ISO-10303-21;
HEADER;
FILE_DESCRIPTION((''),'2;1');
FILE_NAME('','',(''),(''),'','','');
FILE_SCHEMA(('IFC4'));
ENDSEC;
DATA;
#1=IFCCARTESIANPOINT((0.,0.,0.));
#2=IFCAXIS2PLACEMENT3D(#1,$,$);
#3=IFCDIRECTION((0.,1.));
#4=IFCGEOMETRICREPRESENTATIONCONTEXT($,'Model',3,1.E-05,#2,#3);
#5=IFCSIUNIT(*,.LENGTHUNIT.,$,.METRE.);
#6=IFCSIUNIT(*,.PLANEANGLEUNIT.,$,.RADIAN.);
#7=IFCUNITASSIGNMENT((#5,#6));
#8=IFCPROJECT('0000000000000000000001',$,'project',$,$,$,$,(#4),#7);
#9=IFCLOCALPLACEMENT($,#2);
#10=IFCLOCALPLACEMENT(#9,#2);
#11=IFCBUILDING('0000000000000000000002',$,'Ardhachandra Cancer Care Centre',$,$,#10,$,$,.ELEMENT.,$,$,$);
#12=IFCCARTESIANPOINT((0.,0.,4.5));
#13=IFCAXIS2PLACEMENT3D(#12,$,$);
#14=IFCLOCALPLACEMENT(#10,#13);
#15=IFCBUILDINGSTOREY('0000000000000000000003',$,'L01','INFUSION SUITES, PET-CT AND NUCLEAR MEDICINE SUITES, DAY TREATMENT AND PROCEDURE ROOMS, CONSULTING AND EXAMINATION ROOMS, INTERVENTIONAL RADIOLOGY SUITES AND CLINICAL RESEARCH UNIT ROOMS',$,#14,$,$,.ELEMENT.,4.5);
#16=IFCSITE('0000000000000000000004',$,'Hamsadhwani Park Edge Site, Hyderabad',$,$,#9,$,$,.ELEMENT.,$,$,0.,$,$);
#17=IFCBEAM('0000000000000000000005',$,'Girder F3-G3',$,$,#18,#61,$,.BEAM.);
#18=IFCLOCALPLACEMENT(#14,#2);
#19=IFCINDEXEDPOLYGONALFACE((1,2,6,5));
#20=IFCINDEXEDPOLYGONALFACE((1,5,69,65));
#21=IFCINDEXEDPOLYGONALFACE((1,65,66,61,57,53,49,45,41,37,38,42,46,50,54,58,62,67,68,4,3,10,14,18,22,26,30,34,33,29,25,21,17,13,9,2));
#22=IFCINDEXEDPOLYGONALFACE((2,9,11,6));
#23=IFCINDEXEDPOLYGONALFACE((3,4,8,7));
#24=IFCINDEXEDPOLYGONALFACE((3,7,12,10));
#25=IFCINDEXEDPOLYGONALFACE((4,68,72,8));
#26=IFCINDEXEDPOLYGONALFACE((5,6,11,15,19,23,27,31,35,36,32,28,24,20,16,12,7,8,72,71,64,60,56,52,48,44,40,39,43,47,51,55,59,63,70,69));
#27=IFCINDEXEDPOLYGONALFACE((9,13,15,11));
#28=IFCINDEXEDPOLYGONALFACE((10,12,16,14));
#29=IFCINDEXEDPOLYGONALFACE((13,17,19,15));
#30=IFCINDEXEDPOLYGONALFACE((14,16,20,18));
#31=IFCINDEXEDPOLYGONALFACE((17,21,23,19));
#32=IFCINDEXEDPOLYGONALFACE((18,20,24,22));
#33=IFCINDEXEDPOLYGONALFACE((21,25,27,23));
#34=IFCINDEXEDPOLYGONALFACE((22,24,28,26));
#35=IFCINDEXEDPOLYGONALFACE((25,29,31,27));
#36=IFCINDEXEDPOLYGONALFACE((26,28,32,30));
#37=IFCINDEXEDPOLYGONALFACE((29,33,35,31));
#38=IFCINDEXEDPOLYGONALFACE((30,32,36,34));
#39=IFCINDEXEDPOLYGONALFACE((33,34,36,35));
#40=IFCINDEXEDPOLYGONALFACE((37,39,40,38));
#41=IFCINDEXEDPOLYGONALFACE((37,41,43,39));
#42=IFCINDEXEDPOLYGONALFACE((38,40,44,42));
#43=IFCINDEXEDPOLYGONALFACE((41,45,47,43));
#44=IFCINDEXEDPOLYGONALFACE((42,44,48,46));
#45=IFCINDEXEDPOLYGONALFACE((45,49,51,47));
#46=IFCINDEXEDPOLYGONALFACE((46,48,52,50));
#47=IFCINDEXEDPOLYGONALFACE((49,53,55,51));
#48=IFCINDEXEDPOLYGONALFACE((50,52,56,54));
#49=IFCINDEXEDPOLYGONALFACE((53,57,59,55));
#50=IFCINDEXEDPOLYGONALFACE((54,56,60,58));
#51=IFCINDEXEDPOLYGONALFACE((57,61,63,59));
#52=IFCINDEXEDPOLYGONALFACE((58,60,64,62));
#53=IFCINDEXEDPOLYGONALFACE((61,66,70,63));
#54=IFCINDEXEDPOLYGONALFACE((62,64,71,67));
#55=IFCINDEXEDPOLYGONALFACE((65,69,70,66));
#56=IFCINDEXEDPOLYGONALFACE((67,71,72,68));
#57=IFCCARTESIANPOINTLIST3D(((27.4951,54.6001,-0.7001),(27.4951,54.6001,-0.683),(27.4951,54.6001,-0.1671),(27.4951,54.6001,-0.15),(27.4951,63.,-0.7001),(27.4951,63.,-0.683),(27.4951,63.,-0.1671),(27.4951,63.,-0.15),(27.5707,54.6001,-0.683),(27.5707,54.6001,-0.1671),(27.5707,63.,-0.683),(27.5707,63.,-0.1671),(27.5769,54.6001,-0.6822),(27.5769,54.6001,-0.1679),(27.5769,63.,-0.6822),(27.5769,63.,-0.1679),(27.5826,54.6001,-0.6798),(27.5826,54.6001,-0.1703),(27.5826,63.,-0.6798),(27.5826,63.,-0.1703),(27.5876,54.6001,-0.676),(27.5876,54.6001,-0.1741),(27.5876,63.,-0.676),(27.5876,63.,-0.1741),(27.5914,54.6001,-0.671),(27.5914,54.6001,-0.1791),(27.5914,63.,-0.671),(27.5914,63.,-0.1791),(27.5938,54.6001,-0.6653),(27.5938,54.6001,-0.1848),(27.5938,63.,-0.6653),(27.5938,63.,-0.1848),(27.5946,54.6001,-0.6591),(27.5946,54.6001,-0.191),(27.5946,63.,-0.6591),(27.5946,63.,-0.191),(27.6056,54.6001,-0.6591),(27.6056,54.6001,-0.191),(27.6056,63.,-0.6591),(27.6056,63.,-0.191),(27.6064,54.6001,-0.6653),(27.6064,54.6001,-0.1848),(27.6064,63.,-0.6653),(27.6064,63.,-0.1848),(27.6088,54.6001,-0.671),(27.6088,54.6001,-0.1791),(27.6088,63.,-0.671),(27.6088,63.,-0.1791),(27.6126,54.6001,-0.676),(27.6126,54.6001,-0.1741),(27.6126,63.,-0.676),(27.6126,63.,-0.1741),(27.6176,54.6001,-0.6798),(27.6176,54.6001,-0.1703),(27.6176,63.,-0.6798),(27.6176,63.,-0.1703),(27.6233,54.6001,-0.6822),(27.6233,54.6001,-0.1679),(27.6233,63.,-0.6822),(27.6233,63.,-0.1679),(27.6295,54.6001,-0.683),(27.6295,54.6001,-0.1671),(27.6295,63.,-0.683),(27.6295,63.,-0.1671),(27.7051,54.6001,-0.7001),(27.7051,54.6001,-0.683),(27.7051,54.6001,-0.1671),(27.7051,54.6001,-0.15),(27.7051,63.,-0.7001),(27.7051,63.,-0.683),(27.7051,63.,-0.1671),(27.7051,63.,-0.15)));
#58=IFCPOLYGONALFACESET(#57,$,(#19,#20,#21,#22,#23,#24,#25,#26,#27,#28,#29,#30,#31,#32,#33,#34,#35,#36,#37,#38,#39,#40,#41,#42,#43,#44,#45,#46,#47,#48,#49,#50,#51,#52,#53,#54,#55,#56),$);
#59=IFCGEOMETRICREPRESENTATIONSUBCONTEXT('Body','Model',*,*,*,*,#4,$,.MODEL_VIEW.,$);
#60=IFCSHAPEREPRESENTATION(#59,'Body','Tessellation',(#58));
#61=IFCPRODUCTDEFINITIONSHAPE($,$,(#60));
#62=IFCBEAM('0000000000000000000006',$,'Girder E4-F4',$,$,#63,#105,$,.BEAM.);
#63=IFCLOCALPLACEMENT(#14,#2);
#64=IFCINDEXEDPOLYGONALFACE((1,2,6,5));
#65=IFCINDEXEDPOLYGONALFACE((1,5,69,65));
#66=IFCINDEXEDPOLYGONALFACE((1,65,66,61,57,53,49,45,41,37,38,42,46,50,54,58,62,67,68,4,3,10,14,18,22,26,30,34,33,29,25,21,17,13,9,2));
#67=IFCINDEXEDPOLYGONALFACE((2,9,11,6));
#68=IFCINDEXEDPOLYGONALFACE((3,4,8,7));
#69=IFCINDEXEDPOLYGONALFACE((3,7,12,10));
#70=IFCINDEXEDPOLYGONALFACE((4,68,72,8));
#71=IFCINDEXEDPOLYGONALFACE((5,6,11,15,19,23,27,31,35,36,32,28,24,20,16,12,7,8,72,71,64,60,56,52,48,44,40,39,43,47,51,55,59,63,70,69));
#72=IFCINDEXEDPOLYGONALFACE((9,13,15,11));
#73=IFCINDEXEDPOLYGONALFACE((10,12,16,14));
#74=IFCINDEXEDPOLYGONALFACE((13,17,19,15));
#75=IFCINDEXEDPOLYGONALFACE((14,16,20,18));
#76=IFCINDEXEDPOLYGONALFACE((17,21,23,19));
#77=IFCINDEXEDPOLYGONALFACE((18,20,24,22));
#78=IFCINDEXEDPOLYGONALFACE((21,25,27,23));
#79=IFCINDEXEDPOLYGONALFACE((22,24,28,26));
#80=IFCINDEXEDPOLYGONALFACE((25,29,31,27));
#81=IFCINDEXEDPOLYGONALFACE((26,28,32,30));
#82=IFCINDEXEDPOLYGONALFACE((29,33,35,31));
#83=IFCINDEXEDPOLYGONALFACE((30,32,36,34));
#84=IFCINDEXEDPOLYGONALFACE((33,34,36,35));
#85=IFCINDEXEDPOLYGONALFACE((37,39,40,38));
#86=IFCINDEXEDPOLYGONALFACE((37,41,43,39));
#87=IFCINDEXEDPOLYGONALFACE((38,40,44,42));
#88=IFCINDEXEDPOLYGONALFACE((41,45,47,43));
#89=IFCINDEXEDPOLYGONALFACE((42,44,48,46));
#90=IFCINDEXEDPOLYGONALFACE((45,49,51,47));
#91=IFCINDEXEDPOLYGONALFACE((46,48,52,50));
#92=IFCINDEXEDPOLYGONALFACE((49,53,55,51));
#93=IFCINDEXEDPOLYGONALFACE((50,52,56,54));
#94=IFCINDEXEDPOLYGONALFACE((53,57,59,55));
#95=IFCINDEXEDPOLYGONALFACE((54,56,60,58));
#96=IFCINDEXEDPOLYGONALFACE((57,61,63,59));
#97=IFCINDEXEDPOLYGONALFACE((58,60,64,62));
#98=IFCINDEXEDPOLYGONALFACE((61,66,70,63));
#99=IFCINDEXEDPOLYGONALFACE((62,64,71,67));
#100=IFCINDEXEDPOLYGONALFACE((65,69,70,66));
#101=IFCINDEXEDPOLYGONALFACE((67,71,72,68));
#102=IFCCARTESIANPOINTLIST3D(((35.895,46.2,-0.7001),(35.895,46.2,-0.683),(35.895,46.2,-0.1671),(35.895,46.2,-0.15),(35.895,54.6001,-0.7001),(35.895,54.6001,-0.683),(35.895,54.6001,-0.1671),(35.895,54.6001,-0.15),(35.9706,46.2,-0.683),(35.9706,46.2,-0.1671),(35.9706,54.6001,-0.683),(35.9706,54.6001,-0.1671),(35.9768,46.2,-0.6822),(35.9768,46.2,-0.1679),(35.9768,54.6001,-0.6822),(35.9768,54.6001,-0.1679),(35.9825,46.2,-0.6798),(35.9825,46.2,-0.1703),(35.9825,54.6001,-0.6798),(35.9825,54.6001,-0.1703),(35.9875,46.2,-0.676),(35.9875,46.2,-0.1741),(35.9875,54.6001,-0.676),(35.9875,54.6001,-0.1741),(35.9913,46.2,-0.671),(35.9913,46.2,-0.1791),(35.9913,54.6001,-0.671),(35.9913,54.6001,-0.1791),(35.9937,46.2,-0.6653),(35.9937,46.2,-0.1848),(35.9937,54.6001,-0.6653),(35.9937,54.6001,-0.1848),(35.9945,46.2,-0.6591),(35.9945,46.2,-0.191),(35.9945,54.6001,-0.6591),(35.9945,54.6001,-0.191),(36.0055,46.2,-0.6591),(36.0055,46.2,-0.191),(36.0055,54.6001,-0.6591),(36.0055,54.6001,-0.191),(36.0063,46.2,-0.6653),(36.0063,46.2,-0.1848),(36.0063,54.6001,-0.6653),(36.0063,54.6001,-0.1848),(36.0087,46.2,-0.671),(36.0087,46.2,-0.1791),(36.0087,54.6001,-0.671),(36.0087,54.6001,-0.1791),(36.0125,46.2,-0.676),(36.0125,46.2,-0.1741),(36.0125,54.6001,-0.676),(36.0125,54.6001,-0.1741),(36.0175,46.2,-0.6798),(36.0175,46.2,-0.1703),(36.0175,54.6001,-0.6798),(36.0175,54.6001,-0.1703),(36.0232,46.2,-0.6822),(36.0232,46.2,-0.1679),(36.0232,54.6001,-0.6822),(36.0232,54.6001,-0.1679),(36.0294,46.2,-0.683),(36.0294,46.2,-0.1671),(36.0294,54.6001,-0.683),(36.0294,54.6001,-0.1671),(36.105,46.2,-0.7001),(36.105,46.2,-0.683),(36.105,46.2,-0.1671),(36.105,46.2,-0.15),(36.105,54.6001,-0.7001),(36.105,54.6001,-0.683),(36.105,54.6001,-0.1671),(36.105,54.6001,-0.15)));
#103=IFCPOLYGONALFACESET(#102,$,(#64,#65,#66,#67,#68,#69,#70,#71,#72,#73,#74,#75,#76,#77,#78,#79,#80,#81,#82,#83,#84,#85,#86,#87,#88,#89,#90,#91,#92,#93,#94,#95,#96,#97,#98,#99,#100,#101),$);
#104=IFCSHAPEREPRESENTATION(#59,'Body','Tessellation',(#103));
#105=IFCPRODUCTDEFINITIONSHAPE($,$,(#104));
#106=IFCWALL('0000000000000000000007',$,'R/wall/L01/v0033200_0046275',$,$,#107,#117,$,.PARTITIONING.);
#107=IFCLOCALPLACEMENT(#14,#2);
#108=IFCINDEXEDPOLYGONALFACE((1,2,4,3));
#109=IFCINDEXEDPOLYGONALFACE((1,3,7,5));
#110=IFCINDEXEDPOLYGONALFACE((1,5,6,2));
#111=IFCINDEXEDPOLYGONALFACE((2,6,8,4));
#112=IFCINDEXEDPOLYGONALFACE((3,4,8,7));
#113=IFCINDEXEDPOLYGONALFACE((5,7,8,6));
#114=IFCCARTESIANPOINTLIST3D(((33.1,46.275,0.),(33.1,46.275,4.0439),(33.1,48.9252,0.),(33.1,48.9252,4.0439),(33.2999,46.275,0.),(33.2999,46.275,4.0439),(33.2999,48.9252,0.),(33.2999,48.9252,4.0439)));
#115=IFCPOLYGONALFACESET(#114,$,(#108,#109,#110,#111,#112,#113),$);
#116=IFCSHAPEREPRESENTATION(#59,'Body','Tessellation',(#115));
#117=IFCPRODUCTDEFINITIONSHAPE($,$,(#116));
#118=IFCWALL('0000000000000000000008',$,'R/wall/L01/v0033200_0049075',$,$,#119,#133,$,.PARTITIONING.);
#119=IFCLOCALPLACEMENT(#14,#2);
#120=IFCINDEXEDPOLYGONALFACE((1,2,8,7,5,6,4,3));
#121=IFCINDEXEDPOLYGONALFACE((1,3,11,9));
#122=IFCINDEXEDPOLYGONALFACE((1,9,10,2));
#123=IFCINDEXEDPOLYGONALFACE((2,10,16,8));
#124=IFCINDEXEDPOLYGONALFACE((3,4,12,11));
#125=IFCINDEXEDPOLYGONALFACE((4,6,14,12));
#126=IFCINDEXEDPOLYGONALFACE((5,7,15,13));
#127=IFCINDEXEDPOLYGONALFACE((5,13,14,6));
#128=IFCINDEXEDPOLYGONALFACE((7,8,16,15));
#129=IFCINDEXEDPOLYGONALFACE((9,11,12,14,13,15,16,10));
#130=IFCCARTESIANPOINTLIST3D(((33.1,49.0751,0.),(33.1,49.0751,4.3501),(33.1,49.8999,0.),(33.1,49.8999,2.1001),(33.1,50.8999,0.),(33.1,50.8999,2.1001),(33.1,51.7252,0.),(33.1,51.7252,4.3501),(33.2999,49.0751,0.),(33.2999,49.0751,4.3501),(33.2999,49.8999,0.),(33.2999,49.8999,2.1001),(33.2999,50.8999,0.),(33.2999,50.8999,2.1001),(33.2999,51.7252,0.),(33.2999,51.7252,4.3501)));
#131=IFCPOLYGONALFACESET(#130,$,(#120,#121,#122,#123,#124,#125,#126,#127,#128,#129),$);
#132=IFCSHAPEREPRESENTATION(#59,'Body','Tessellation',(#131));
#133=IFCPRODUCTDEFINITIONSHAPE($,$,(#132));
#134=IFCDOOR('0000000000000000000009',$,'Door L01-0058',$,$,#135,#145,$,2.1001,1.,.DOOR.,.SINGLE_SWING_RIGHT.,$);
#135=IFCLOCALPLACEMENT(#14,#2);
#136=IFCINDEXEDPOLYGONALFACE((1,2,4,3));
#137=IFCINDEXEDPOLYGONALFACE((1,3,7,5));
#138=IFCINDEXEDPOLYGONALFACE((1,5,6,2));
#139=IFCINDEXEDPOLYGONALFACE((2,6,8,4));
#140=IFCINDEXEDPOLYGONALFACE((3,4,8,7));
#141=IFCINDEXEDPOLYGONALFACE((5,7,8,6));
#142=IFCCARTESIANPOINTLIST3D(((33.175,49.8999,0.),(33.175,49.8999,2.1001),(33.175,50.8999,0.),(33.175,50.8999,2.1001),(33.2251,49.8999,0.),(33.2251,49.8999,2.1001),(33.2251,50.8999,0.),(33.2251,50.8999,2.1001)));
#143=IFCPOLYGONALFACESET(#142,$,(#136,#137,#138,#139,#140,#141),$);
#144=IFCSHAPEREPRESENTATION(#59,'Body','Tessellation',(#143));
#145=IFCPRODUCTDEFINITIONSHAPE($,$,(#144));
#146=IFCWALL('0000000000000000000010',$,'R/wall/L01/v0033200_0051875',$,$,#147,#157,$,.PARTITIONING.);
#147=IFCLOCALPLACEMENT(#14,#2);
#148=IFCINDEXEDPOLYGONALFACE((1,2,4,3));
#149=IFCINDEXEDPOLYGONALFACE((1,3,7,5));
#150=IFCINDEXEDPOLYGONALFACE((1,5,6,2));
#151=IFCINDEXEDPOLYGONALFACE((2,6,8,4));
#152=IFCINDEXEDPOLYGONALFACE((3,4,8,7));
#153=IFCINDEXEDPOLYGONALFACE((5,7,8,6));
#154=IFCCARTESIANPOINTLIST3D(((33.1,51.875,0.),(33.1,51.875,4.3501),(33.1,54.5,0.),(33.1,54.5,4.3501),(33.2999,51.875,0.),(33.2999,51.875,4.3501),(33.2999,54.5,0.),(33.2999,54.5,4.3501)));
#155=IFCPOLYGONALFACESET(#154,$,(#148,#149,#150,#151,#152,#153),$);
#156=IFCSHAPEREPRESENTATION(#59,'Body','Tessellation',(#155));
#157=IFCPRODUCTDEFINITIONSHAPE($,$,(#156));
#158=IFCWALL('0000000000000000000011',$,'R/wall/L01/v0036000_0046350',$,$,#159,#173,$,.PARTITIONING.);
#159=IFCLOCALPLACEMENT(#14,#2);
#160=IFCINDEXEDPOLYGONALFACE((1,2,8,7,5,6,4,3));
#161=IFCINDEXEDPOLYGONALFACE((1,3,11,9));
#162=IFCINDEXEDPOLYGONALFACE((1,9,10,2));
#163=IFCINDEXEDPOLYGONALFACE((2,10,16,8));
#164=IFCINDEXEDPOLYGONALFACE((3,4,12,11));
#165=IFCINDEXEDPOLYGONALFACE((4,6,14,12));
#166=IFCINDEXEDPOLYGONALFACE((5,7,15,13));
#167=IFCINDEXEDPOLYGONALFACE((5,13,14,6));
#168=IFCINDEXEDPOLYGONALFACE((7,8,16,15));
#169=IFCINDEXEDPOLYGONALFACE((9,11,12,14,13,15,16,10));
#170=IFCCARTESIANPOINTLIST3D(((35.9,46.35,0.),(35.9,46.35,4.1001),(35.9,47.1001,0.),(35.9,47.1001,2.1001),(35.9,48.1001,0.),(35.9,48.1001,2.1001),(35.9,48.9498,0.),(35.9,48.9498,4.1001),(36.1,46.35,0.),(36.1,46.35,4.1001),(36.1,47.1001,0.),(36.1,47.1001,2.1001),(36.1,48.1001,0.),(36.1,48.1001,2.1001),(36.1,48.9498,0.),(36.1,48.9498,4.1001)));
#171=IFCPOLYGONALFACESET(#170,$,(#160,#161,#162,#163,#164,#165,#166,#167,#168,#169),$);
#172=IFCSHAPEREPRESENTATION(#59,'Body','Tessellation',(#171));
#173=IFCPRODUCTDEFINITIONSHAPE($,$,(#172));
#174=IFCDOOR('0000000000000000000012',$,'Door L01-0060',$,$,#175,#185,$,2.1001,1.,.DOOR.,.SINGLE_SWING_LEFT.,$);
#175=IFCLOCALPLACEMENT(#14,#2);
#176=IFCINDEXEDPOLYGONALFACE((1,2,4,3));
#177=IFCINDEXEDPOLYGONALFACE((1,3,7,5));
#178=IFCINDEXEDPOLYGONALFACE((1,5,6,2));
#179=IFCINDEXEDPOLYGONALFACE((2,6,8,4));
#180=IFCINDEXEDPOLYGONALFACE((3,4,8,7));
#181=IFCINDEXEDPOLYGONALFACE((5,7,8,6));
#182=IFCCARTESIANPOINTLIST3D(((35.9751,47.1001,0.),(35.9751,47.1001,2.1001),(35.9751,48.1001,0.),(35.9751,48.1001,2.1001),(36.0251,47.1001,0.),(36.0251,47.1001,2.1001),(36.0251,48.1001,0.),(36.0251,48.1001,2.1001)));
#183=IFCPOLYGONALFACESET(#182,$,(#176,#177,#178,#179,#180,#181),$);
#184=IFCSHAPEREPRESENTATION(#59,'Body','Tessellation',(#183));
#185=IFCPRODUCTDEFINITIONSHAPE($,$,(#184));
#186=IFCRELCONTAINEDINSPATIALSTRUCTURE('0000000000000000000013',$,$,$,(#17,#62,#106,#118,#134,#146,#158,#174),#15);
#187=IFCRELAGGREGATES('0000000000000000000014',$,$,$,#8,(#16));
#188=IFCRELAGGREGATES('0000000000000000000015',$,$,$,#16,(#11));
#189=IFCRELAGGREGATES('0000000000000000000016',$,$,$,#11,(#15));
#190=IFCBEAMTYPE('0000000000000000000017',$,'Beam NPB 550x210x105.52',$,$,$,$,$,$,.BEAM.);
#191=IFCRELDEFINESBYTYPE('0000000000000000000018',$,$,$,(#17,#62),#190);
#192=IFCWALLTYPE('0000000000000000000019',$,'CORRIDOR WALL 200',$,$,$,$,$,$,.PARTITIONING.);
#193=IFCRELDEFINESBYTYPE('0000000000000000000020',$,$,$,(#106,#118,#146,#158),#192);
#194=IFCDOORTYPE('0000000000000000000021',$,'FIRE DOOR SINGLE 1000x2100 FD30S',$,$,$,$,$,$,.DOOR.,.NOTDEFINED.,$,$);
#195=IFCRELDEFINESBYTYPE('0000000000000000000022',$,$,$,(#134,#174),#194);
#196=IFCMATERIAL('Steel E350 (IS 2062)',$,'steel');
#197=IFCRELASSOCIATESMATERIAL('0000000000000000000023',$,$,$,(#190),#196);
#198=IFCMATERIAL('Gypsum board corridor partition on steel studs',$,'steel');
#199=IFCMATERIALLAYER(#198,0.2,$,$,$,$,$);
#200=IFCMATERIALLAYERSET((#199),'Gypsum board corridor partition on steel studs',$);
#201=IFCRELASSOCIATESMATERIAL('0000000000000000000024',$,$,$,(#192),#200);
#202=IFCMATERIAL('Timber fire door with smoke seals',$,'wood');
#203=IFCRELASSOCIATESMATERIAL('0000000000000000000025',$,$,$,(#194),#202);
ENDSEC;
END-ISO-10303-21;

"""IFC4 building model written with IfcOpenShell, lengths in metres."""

from ifc_helpers import new_model, si_unit, direction, frame, frame_2d, origin, origin_2d, place, context, subcontext, project, spatial, rectangle, i_section, extrude, material, layer, layer_set, material_profile, profile_set, type_object, element, fill, save


model = new_model("IFC4")

# Units and contexts
model_context = context("Model", 3, precision=1e-05, world=origin(), true_north=direction((0.0, 1.0)))
body_context = subcontext(model_context, "Body", "Model", "MODEL_VIEW")
ifc_project = project(units=[si_unit("LENGTHUNIT", "METRE"), si_unit("PLANEANGLEUNIT", "RADIAN")], contexts=[model_context])

# Site, building, storey
site_placement = place(None, origin())
site = spatial("IfcSite", under=ifc_project, at=site_placement, Name="Hamsadhwani Park Edge Site, Hyderabad", CompositionType="ELEMENT", RefElevation=0.0)
building_placement = place(site_placement, origin())
building = spatial("IfcBuilding", under=site, at=building_placement, Name="Ardhachandra Cancer Care Centre", CompositionType="ELEMENT")
storey_placement = place(building_placement, frame((0.0, 0.0, 4.5)))
storey = spatial("IfcBuildingStorey", under=building, at=storey_placement, Name="L01", Description="INFUSION SUITES, PET-CT AND NUCLEAR MEDICINE SUITES, DAY TREATMENT AND PROCEDURE ROOMS, CONSULTING AND EXAMINATION ROOMS, INTERVENTIONAL RADIOLOGY SUITES AND CLINICAL RESEARCH UNIT ROOMS", CompositionType="ELEMENT", Elevation=4.5)

# Beams
ifc_material_1 = material(Name="Steel E350 (IS 2062)", Category="steel")
ifc_material_profile_1 = material_profile(ifc_material_1, i_section(OverallWidth=0.21, OverallDepth=0.55, WebThickness=0.011, FlangeThickness=0.0171, FilletRadius=0.0239, at=origin_2d()), Name="NPB 550x210x105.52")
ifc_profile_set_1 = profile_set([ifc_material_profile_1], Name="Steel E350 (IS 2062)")
beam_type_1 = type_object("IfcBeamType", Name="Beam NPB 550x210x105.52", PredefinedType="BEAM", material=ifc_profile_set_1)
for number, where, z_axis, x_axis, name in (
    (1, (27.6001, 54.6001, -0.425), (0.0, 1.0, 0.0), (-1.0, 0.0, 0.0), "Girder F3-G3"),
):
    element("IfcBeam", number, at=place(storey_placement, frame(where, z_axis=z_axis, x_axis=x_axis)), inside=storey, type_object=beam_type_1, Name=name, PredefinedType="BEAM", context=body_context, shape_type="SweptSolid", body=[
        extrude(i_section(OverallWidth=0.21, OverallDepth=0.55, WebThickness=0.011, FlangeThickness=0.0171, FilletRadius=0.0239, at=origin_2d()), origin(), (0.0, 0.0, 1.0), 8.3999),
    ])
beam_placement = place(storey_placement, frame((36.0, 46.2, -0.425), z_axis=(0.0, 1.0, 0.0), x_axis=(-1.0, 0.0, 0.0)))
element("IfcBeam", 2, at=beam_placement, inside=storey, type_object=beam_type_1, Name="Girder E4-F4", PredefinedType="BEAM", context=body_context, shape_type="SweptSolid", body=[
    extrude(i_section(OverallWidth=0.21, OverallDepth=0.55, WebThickness=0.011, FlangeThickness=0.0171, FilletRadius=0.0239, at=origin_2d()), origin(), (0.0, 0.0, 1.0), 8.4001),
])

# Wall
ifc_material_2 = material(Name="Gypsum board corridor partition on steel studs", Category="steel")
ifc_layer_1 = layer(ifc_material_2, 0.2)
ifc_layer_set_1 = layer_set([ifc_layer_1], Name="Gypsum board corridor partition on steel studs")
wall_type_1 = type_object("IfcWallType", Name="CORRIDOR WALL 200", PredefinedType="PARTITIONING", material=ifc_layer_set_1)
wall_1_placement = place(storey_placement, frame((33.2, 46.2749, 0.0), z_axis=(0.0, 0.0, 1.0), x_axis=(0.0, 1.0, 0.0)))
element("IfcWall", 3, at=wall_1_placement, inside=storey, type_object=wall_type_1, Name="R/wall/L01/v0033200_0046275", PredefinedType="PARTITIONING", context=body_context, shape_type="SweptSolid", body=[
    extrude(rectangle(XDim=2.6501, YDim=0.2, at=frame_2d((1.3252, 0.0))), origin(), (0.0, 0.0, 1.0), 4.0439),
])

# Wall, opening, door
wall_2_placement = place(storey_placement, frame((33.2, 49.075, 0.0), z_axis=(0.0, 0.0, 1.0), x_axis=(0.0, 1.0, 0.0)))
wall_2 = element("IfcWall", 4, at=wall_2_placement, inside=storey, type_object=wall_type_1, Name="R/wall/L01/v0033200_0049075", PredefinedType="PARTITIONING", context=body_context, shape_type="SweptSolid", body=[
    extrude(rectangle(XDim=2.6501, YDim=0.2, at=frame_2d((1.3252, 0.0))), origin(), (0.0, 0.0, 1.0), 4.3501),
])
opening_1_placement = place(wall_2_placement, frame((0.825, 0.0, 0.0)))
opening_1 = element("IfcOpeningElement", 5, at=opening_1_placement, cuts=wall_2, PredefinedType="OPENING", context=body_context, shape_type="SweptSolid", body=[
    extrude(rectangle(XDim=1.0, YDim=2.1001, at=frame_2d((0.5, 1.05))), frame((0.0, 0.1099, 0.0), z_axis=(0.0, -1.0, 0.0), x_axis=(1.0, 0.0, 0.0)), (0.0, 0.0, 1.0), 0.22),
])
ifc_material_3 = material(Name="Timber fire door with smoke seals", Category="wood")
door_type = type_object("IfcDoorType", Name="FIRE DOOR SINGLE 1000x2100 FD30S", OperationType="NOTDEFINED", PredefinedType="DOOR", material=ifc_material_3)
door_1_placement = place(opening_1_placement, origin())
door_1 = element("IfcDoor", 6, at=door_1_placement, inside=storey, type_object=door_type, Name="Door L01-0058", OperationType="SINGLE_SWING_RIGHT", OverallHeight=2.1001, OverallWidth=1.0, PredefinedType="DOOR", context=body_context, shape_type="SweptSolid", body=[
    extrude(rectangle(XDim=1.0, YDim=2.1001, at=frame_2d((0.5, 1.05))), frame((0.0, 0.0249, 0.0), z_axis=(0.0, -1.0, 0.0), x_axis=(1.0, 0.0, 0.0)), (0.0, 0.0, 1.0), 0.05),
])
fill(opening_1, door_1)

# Wall
wall_3_placement = place(storey_placement, frame((33.2, 51.875, 0.0), z_axis=(0.0, 0.0, 1.0), x_axis=(0.0, 1.0, 0.0)))
element("IfcWall", 7, at=wall_3_placement, inside=storey, type_object=wall_type_1, Name="R/wall/L01/v0033200_0051875", PredefinedType="PARTITIONING", context=body_context, shape_type="SweptSolid", body=[
    extrude(rectangle(XDim=2.625, YDim=0.2, at=frame_2d((1.3125, 0.0))), origin(), (0.0, 0.0, 1.0), 4.3501),
])

# Wall, opening, door
wall_4_placement = place(storey_placement, frame((36.0, 46.3501, 0.0), z_axis=(0.0, 0.0, 1.0), x_axis=(0.0, 1.0, 0.0)))
wall_4 = element("IfcWall", 8, at=wall_4_placement, inside=storey, type_object=wall_type_1, Name="R/wall/L01/v0036000_0046350", PredefinedType="PARTITIONING", context=body_context, shape_type="SweptSolid", body=[
    extrude(rectangle(XDim=2.5999, YDim=0.2, at=frame_2d((1.2998, 0.0))), origin(), (0.0, 0.0, 1.0), 4.1001),
])
opening_2_placement = place(wall_4_placement, frame((0.75, 0.0, 0.0)))
opening_2 = element("IfcOpeningElement", 9, at=opening_2_placement, cuts=wall_4, PredefinedType="OPENING", context=body_context, shape_type="SweptSolid", body=[
    extrude(rectangle(XDim=1.0, YDim=2.1001, at=frame_2d((0.5, 1.05))), frame((0.0, 0.1099, 0.0), z_axis=(0.0, -1.0, 0.0), x_axis=(1.0, 0.0, 0.0)), (0.0, 0.0, 1.0), 0.22),
])
door_2_placement = place(opening_2_placement, origin())
door_2 = element("IfcDoor", 10, at=door_2_placement, inside=storey, type_object=door_type, Name="Door L01-0060", OperationType="SINGLE_SWING_LEFT", OverallHeight=2.1001, OverallWidth=1.0, PredefinedType="DOOR", context=body_context, shape_type="SweptSolid", body=[
    extrude(rectangle(XDim=1.0, YDim=2.1001, at=frame_2d((0.5, 1.05))), frame((0.0, 0.0249, 0.0), z_axis=(0.0, -1.0, 0.0), x_axis=(1.0, 0.0, 0.0)), (0.0, 0.0, 1.0), 0.05),
])
fill(opening_2, door_2)

save(model, "model.ifc")
